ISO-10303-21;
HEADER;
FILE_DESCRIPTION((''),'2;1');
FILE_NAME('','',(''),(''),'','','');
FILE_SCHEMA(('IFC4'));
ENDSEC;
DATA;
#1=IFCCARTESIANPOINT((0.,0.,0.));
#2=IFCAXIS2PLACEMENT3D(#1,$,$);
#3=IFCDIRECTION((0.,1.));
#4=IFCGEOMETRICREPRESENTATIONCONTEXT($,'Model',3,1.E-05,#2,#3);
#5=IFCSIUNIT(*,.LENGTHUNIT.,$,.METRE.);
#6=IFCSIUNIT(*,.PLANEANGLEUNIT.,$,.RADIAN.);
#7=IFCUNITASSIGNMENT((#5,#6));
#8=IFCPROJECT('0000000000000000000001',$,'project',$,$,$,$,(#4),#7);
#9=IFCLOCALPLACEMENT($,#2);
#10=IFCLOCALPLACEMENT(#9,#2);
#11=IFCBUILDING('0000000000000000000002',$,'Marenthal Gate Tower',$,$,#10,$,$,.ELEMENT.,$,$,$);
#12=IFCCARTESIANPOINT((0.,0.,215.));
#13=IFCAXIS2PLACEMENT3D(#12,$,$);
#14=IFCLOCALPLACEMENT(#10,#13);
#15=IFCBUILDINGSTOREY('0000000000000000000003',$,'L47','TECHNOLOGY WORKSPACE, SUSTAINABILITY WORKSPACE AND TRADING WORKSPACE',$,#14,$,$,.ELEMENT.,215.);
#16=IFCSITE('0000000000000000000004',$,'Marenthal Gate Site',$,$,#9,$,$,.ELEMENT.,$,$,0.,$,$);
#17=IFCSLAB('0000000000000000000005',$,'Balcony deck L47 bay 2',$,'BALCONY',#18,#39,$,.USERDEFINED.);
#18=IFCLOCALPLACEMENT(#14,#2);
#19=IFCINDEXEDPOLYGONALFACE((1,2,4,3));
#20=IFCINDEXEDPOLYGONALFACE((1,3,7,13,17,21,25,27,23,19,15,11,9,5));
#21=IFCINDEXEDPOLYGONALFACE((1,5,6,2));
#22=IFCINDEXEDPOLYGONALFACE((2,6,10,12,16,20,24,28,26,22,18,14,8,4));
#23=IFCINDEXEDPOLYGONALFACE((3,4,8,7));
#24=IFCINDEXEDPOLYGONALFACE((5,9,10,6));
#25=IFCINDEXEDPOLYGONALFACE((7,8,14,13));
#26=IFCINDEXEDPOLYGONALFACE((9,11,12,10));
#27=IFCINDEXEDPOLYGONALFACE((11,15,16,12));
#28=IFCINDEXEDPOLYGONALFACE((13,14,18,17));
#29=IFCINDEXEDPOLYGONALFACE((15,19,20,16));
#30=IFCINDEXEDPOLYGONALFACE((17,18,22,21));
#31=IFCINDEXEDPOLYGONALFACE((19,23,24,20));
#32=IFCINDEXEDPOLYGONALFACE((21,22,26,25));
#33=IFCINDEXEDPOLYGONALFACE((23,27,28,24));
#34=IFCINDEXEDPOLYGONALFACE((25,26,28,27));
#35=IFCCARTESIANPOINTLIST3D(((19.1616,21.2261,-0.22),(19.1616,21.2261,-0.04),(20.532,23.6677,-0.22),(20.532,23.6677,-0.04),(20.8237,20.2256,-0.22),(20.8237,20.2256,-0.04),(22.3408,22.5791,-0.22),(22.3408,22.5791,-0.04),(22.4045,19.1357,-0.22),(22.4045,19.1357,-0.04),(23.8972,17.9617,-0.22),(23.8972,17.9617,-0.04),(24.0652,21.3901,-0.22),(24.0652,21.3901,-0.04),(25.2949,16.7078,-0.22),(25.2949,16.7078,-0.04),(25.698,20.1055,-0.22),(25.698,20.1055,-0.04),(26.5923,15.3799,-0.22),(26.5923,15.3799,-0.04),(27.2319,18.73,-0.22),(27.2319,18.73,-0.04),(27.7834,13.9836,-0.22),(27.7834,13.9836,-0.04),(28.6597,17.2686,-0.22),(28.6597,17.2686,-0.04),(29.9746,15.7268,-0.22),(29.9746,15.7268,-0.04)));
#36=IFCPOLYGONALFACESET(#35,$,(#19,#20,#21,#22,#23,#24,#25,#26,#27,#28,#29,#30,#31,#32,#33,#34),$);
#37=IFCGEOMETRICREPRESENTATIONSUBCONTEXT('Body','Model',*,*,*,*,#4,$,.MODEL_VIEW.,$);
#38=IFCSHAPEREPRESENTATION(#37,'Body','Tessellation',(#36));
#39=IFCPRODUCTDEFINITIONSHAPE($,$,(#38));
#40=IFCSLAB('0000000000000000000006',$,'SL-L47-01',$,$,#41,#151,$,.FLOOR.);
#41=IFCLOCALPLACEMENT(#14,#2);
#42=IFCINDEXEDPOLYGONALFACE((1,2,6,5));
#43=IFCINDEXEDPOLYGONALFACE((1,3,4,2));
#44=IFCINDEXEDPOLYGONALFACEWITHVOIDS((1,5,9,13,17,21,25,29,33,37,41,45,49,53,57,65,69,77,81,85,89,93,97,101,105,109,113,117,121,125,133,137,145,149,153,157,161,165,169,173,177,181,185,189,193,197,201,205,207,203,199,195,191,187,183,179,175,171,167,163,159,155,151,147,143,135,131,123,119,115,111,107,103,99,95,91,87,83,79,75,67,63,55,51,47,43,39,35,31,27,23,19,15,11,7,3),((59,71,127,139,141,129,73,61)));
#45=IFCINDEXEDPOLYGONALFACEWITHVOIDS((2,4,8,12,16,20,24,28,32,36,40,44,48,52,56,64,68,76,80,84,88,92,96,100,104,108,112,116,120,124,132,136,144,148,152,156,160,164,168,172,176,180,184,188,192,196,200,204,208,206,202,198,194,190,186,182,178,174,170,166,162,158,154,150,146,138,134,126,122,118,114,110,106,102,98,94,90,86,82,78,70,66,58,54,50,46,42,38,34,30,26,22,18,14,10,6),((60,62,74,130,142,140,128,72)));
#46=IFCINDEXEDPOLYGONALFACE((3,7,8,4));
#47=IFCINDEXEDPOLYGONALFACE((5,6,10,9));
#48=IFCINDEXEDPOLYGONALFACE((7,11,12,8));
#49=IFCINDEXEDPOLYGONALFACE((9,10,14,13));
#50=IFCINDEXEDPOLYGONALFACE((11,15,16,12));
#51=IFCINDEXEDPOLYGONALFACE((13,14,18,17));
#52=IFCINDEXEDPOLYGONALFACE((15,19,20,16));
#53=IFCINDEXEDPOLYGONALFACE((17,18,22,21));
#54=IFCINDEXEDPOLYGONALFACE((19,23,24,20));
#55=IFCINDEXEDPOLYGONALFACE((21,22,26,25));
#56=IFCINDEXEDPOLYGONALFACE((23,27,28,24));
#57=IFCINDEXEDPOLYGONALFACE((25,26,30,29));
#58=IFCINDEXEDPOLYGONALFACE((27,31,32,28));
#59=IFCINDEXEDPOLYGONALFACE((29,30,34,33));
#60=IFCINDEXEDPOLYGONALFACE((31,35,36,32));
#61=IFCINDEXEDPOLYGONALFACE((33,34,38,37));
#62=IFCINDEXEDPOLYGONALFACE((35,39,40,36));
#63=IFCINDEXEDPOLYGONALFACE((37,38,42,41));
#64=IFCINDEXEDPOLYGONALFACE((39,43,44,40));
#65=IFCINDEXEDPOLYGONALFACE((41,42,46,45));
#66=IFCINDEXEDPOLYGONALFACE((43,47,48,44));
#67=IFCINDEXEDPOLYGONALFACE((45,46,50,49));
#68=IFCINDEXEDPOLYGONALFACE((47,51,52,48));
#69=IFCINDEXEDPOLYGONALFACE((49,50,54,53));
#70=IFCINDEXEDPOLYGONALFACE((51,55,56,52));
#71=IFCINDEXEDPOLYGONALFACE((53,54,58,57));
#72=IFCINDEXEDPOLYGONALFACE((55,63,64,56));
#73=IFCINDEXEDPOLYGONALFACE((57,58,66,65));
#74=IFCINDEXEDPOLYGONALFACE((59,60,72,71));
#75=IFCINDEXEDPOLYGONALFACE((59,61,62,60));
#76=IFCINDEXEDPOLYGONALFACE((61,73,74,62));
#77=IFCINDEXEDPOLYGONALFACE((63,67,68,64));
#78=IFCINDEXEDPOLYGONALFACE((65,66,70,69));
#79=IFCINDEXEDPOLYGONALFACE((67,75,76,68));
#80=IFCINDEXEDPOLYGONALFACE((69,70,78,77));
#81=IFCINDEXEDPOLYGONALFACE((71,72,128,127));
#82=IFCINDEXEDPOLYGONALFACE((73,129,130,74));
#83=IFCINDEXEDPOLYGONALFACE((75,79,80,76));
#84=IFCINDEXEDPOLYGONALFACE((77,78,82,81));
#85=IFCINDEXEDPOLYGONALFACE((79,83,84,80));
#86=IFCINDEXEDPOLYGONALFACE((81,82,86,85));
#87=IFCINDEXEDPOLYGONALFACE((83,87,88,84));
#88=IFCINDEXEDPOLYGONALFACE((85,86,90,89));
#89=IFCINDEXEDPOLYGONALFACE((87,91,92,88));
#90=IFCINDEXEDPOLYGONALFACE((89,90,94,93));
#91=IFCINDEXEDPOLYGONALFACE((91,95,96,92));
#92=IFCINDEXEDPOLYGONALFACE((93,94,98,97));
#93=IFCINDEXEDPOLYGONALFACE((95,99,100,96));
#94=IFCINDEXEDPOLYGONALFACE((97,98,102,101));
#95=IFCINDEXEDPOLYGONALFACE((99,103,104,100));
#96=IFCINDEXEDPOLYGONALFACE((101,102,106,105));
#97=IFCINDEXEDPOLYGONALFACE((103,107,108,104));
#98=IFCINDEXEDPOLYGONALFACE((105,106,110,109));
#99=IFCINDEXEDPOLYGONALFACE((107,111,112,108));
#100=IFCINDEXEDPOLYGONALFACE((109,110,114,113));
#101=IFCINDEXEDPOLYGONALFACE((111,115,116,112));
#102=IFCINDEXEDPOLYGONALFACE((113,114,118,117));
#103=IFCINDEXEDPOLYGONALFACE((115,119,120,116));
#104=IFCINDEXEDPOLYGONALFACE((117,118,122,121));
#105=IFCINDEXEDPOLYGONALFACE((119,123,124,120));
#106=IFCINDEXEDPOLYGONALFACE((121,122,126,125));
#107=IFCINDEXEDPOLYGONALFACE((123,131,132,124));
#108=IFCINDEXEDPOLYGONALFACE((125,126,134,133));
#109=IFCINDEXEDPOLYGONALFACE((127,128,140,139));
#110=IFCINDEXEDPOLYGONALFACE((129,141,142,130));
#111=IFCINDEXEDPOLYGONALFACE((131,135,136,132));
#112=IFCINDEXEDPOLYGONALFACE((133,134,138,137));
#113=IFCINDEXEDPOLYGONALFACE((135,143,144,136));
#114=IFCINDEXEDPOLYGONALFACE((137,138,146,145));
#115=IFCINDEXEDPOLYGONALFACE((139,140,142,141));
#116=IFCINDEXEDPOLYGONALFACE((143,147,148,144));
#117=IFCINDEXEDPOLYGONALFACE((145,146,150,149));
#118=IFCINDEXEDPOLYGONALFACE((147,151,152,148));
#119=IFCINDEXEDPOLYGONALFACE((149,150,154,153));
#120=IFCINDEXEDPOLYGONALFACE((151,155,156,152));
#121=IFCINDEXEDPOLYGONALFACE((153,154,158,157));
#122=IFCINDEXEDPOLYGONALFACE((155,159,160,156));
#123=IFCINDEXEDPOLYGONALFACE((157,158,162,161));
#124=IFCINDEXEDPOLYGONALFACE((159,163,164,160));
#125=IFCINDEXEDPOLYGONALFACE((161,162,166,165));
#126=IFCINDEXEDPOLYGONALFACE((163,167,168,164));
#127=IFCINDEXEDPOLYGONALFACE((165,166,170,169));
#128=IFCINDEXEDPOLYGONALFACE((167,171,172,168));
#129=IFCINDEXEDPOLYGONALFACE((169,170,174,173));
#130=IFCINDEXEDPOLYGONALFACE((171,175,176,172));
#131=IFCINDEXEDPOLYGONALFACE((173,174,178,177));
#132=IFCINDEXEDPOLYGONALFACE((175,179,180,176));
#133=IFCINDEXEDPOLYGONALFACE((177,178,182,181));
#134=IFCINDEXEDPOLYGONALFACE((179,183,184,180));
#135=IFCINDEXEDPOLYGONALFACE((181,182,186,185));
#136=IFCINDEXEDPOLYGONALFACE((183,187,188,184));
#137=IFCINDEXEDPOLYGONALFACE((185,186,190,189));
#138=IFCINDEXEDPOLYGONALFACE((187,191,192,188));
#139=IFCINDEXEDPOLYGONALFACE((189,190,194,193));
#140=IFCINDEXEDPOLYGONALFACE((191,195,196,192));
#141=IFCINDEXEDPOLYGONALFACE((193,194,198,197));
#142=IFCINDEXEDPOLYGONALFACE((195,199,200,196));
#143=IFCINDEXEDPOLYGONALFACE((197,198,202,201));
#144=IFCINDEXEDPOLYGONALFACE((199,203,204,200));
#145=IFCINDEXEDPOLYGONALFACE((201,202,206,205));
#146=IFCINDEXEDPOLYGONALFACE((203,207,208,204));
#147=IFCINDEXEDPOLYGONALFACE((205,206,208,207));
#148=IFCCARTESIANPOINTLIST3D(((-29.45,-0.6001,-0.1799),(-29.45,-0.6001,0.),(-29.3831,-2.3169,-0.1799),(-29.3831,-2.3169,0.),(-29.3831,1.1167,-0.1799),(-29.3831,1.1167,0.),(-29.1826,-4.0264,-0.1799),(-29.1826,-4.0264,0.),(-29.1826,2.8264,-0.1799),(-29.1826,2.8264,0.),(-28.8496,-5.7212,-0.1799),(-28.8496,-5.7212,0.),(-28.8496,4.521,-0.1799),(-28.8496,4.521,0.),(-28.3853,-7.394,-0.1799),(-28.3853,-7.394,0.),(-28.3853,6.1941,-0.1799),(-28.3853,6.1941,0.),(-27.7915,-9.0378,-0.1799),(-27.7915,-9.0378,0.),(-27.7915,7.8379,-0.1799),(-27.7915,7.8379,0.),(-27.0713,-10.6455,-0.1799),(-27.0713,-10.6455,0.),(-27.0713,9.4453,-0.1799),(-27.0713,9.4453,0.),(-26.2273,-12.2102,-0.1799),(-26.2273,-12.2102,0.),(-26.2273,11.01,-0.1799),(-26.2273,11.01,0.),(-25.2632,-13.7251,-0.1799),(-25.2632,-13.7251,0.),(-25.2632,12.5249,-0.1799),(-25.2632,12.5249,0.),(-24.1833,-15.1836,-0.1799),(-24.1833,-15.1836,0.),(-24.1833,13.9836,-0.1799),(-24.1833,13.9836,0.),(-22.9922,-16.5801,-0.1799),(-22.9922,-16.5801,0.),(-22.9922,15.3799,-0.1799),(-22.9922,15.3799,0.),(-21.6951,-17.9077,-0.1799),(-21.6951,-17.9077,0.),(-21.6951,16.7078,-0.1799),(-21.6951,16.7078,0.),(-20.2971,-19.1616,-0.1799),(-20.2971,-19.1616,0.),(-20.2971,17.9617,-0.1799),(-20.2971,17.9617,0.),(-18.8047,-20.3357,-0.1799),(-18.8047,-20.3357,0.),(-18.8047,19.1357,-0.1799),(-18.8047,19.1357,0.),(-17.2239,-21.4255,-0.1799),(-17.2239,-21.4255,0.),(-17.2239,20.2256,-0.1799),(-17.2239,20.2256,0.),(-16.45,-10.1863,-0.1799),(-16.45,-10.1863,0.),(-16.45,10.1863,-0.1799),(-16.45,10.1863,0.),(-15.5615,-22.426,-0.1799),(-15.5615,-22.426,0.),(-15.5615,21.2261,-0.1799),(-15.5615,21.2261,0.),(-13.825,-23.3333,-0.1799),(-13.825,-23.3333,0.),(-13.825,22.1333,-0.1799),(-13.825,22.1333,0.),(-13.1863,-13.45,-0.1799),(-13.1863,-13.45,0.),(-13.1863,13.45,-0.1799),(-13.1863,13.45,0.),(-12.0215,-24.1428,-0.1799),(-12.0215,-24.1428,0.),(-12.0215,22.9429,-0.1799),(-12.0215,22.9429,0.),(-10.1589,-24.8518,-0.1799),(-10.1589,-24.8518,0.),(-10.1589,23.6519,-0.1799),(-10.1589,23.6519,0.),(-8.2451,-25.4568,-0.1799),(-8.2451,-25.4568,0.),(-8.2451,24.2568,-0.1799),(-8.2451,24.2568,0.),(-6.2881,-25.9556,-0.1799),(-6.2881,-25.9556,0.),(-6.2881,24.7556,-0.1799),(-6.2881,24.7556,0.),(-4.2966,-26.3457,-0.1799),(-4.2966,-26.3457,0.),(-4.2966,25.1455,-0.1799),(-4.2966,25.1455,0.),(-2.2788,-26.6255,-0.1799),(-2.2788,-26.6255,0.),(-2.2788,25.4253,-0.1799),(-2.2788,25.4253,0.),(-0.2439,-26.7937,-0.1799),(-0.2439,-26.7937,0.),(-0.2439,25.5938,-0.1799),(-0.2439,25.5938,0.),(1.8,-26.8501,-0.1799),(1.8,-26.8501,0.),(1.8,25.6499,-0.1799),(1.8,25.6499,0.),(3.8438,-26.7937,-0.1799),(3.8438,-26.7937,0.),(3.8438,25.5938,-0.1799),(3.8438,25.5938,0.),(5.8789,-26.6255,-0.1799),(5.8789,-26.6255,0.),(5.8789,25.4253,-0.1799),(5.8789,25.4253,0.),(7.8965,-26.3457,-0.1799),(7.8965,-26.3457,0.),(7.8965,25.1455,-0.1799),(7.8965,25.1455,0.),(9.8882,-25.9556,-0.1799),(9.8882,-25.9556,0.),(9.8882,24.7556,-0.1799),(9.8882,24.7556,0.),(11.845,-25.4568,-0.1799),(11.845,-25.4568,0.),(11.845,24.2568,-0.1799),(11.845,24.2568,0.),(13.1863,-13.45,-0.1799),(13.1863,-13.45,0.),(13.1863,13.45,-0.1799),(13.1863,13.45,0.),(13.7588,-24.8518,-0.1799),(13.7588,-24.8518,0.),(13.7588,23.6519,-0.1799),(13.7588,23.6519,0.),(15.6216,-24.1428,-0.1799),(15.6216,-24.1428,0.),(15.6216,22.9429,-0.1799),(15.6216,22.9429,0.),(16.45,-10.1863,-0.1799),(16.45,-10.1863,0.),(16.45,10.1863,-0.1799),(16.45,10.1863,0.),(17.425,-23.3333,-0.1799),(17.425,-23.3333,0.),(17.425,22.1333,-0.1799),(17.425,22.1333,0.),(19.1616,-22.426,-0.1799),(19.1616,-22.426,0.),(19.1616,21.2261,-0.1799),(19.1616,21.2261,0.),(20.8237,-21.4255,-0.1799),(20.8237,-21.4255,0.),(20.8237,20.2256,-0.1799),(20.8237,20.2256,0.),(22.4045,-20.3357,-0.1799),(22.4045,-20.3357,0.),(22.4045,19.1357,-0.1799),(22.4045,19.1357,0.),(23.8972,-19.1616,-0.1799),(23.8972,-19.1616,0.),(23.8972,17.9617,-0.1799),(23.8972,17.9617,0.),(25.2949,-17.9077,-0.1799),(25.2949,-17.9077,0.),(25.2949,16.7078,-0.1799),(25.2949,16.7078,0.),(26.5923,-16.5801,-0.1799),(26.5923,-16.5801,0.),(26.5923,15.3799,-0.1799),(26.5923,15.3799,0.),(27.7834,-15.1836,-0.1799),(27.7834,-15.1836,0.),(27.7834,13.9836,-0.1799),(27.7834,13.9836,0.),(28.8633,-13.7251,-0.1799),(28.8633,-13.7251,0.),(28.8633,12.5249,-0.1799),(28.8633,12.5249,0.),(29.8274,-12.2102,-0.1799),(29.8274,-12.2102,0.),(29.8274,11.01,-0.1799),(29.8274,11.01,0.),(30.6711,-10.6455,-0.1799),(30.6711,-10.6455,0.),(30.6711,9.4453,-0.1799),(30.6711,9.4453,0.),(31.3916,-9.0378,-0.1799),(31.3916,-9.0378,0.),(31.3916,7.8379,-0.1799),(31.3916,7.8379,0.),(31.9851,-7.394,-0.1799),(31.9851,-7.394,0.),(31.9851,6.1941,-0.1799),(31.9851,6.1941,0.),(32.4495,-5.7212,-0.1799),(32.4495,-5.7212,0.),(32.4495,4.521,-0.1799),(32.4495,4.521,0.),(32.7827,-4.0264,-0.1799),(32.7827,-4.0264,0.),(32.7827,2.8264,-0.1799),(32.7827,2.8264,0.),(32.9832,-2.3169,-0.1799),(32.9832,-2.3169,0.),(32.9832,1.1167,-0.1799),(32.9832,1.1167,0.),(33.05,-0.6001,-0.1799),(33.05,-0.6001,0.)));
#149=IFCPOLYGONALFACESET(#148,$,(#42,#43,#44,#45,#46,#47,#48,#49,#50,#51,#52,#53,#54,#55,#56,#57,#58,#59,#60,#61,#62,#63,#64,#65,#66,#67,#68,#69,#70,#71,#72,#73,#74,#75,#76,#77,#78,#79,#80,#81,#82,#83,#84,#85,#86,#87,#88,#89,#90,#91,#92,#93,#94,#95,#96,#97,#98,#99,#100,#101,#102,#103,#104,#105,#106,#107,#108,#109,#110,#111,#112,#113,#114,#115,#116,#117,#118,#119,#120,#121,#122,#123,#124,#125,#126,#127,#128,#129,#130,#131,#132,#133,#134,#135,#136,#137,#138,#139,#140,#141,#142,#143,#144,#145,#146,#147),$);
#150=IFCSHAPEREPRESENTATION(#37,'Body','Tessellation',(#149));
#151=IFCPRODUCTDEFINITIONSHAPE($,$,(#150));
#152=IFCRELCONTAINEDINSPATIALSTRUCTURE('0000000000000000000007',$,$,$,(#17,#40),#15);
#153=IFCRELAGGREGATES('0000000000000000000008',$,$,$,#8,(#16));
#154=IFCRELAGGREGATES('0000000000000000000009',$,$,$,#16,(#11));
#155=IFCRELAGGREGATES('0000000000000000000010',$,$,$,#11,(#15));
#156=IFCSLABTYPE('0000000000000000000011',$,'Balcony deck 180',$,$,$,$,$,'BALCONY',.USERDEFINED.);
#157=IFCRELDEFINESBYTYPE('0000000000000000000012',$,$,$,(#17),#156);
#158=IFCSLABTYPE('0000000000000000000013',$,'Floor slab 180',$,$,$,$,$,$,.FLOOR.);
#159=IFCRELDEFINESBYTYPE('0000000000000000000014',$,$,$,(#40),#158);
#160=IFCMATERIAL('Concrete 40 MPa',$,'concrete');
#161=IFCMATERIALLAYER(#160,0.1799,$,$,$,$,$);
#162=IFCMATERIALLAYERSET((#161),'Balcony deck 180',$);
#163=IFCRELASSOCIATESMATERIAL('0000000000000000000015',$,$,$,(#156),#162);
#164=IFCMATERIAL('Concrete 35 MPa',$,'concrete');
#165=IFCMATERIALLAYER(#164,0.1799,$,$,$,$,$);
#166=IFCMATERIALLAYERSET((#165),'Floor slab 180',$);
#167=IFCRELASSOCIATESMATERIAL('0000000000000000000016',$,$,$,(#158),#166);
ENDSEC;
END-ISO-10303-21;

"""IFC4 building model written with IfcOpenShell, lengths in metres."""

from ifc_helpers import new_model, si_unit, direction, frame, origin, place, context, subcontext, project, spatial, polyline, outline, extrude, material, layer, layer_set, type_object, element, save


model = new_model("IFC4")

# Units and contexts
model_context = context("Model", 3, precision=1e-05, world=origin(), true_north=direction((0.0, 1.0)))
body_context = subcontext(model_context, "Body", "Model", "MODEL_VIEW")
ifc_project = project(units=[si_unit("LENGTHUNIT", "METRE"), si_unit("PLANEANGLEUNIT", "RADIAN")], contexts=[model_context])

# Site, building, storey
site_placement = place(None, origin())
site = spatial("IfcSite", under=ifc_project, at=site_placement, Name="Marenthal Gate Site", CompositionType="ELEMENT", RefElevation=0.0)
building_placement = place(site_placement, origin())
building = spatial("IfcBuilding", under=site, at=building_placement, Name="Marenthal Gate Tower", CompositionType="ELEMENT")
storey_placement = place(building_placement, frame((0.0, 0.0, 215.0)))
storey = spatial("IfcBuildingStorey", under=building, at=storey_placement, Name="L47", Description="TECHNOLOGY WORKSPACE, SUSTAINABILITY WORKSPACE AND TRADING WORKSPACE", CompositionType="ELEMENT", Elevation=215.0)

# Slabs
ifc_material_1 = material(Name="Concrete 40 MPa", Category="concrete")
ifc_layer_1 = layer(ifc_material_1, 0.1799)
ifc_layer_set_1 = layer_set([ifc_layer_1], Name="Balcony deck 180")
slab_type_1 = type_object("IfcSlabType", Name="Balcony deck 180", ElementType="BALCONY", PredefinedType="USERDEFINED", material=ifc_layer_set_1)
slab_1_placement = place(storey_placement, frame((0.0, 0.0, -0.22)))
element("IfcSlab", 1, at=slab_1_placement, inside=storey, type_object=slab_type_1, Name="Balcony deck L47 bay 2", ObjectType="BALCONY", PredefinedType="USERDEFINED", context=body_context, shape_type="SweptSolid", body=[
    extrude(outline(polyline([(27.7834, 13.9836), (26.5923, 15.3799), (25.2949, 16.7078), (23.8972, 17.9617), (22.4045, 19.1357), (20.8237, 20.2256), (19.1616, 21.2261), (20.532, 23.6677), (22.3408, 22.5791), (24.0652, 21.3901), (25.698, 20.1055), (27.2319, 18.73), (28.6597, 17.2686), (29.9746, 15.7268), (27.7834, 13.9836)])), origin(), (0.0, 0.0, 1.0), 0.1799),
])
ifc_material_2 = material(Name="Concrete 35 MPa", Category="concrete")
ifc_layer_2 = layer(ifc_material_2, 0.1799)
ifc_layer_set_2 = layer_set([ifc_layer_2], Name="Floor slab 180")
slab_type_2 = type_object("IfcSlabType", Name="Floor slab 180", PredefinedType="FLOOR", material=ifc_layer_set_2)
slab_2_placement = place(storey_placement, frame((0.0, 0.0, -0.1799)))
element("IfcSlab", 2, at=slab_2_placement, inside=storey, type_object=slab_type_2, Name="SL-L47-01", PredefinedType="FLOOR", context=body_context, shape_type="SweptSolid", body=[
    extrude(outline(polyline([(33.05, -0.6001), (32.9832, 1.1167), (32.7827, 2.8264), (32.4495, 4.521), (31.9851, 6.1941), (31.3916, 7.8379), (30.6711, 9.4453), (29.8274, 11.01), (28.8633, 12.5249), (27.7834, 13.9836), (26.5923, 15.3799), (25.2949, 16.7078), (23.8972, 17.9617), (22.4045, 19.1357), (20.8237, 20.2256), (19.1616, 21.2261), (17.425, 22.1333), (15.6216, 22.9429), (13.7588, 23.6519), (11.845, 24.2568), (9.8882, 24.7556), (7.8965, 25.1455), (5.8789, 25.4253), (3.8438, 25.5938), (1.8, 25.6499), (-0.2439, 25.5938), (-2.2788, 25.4253), (-4.2966, 25.1455), (-6.2881, 24.7556), (-8.2451, 24.2568), (-10.1589, 23.6519), (-12.0215, 22.9429), (-13.825, 22.1333), (-15.5615, 21.2261), (-17.2239, 20.2256), (-18.8047, 19.1357), (-20.2971, 17.9617), (-21.6951, 16.7078), (-22.9922, 15.3799), (-24.1833, 13.9836), (-25.2632, 12.5249), (-26.2273, 11.01), (-27.0713, 9.4453), (-27.7915, 7.8379), (-28.3853, 6.1941), (-28.8496, 4.521), (-29.1826, 2.8264), (-29.3831, 1.1167), (-29.45, -0.6001), (-29.3831, -2.3169), (-29.1826, -4.0264), (-28.8496, -5.7212), (-28.3853, -7.394), (-27.7915, -9.0378), (-27.0713, -10.6455), (-26.2273, -12.2102), (-25.2632, -13.7251), (-24.1833, -15.1836), (-22.9922, -16.5801), (-21.6951, -17.9077), (-20.2971, -19.1616), (-18.8047, -20.3357), (-17.2239, -21.4255), (-15.5615, -22.426), (-13.825, -23.3333), (-12.0215, -24.1428), (-10.1589, -24.8518), (-8.2451, -25.4568), (-6.2881, -25.9556), (-4.2966, -26.3457), (-2.2788, -26.6255), (-0.2439, -26.7937), (1.8, -26.8501), (3.8438, -26.7937), (5.8789, -26.6255), (7.8965, -26.3457), (9.8882, -25.9556), (11.845, -25.4568), (13.7588, -24.8518), (15.6216, -24.1428), (17.425, -23.3333), (19.1616, -22.426), (20.8237, -21.4255), (22.4045, -20.3357), (23.8972, -19.1616), (25.2949, -17.9077), (26.5923, -16.5801), (27.7834, -15.1836), (28.8633, -13.7251), (29.8274, -12.2102), (30.6711, -10.6455), (31.3916, -9.0378), (31.9851, -7.394), (32.4495, -5.7212), (32.7827, -4.0264), (32.9832, -2.3169), (33.05, -0.6001)]), holes=[polyline([(13.1863, -13.45), (16.45, -10.1863), (16.45, 10.1863), (13.1863, 13.45), (-13.1863, 13.45), (-16.45, 10.1863), (-16.45, -10.1863), (-13.1863, -13.45), (13.1863, -13.45)])]), origin(), (0.0, 0.0, 1.0), 0.1799),
])

save(model, "model.ifc")
